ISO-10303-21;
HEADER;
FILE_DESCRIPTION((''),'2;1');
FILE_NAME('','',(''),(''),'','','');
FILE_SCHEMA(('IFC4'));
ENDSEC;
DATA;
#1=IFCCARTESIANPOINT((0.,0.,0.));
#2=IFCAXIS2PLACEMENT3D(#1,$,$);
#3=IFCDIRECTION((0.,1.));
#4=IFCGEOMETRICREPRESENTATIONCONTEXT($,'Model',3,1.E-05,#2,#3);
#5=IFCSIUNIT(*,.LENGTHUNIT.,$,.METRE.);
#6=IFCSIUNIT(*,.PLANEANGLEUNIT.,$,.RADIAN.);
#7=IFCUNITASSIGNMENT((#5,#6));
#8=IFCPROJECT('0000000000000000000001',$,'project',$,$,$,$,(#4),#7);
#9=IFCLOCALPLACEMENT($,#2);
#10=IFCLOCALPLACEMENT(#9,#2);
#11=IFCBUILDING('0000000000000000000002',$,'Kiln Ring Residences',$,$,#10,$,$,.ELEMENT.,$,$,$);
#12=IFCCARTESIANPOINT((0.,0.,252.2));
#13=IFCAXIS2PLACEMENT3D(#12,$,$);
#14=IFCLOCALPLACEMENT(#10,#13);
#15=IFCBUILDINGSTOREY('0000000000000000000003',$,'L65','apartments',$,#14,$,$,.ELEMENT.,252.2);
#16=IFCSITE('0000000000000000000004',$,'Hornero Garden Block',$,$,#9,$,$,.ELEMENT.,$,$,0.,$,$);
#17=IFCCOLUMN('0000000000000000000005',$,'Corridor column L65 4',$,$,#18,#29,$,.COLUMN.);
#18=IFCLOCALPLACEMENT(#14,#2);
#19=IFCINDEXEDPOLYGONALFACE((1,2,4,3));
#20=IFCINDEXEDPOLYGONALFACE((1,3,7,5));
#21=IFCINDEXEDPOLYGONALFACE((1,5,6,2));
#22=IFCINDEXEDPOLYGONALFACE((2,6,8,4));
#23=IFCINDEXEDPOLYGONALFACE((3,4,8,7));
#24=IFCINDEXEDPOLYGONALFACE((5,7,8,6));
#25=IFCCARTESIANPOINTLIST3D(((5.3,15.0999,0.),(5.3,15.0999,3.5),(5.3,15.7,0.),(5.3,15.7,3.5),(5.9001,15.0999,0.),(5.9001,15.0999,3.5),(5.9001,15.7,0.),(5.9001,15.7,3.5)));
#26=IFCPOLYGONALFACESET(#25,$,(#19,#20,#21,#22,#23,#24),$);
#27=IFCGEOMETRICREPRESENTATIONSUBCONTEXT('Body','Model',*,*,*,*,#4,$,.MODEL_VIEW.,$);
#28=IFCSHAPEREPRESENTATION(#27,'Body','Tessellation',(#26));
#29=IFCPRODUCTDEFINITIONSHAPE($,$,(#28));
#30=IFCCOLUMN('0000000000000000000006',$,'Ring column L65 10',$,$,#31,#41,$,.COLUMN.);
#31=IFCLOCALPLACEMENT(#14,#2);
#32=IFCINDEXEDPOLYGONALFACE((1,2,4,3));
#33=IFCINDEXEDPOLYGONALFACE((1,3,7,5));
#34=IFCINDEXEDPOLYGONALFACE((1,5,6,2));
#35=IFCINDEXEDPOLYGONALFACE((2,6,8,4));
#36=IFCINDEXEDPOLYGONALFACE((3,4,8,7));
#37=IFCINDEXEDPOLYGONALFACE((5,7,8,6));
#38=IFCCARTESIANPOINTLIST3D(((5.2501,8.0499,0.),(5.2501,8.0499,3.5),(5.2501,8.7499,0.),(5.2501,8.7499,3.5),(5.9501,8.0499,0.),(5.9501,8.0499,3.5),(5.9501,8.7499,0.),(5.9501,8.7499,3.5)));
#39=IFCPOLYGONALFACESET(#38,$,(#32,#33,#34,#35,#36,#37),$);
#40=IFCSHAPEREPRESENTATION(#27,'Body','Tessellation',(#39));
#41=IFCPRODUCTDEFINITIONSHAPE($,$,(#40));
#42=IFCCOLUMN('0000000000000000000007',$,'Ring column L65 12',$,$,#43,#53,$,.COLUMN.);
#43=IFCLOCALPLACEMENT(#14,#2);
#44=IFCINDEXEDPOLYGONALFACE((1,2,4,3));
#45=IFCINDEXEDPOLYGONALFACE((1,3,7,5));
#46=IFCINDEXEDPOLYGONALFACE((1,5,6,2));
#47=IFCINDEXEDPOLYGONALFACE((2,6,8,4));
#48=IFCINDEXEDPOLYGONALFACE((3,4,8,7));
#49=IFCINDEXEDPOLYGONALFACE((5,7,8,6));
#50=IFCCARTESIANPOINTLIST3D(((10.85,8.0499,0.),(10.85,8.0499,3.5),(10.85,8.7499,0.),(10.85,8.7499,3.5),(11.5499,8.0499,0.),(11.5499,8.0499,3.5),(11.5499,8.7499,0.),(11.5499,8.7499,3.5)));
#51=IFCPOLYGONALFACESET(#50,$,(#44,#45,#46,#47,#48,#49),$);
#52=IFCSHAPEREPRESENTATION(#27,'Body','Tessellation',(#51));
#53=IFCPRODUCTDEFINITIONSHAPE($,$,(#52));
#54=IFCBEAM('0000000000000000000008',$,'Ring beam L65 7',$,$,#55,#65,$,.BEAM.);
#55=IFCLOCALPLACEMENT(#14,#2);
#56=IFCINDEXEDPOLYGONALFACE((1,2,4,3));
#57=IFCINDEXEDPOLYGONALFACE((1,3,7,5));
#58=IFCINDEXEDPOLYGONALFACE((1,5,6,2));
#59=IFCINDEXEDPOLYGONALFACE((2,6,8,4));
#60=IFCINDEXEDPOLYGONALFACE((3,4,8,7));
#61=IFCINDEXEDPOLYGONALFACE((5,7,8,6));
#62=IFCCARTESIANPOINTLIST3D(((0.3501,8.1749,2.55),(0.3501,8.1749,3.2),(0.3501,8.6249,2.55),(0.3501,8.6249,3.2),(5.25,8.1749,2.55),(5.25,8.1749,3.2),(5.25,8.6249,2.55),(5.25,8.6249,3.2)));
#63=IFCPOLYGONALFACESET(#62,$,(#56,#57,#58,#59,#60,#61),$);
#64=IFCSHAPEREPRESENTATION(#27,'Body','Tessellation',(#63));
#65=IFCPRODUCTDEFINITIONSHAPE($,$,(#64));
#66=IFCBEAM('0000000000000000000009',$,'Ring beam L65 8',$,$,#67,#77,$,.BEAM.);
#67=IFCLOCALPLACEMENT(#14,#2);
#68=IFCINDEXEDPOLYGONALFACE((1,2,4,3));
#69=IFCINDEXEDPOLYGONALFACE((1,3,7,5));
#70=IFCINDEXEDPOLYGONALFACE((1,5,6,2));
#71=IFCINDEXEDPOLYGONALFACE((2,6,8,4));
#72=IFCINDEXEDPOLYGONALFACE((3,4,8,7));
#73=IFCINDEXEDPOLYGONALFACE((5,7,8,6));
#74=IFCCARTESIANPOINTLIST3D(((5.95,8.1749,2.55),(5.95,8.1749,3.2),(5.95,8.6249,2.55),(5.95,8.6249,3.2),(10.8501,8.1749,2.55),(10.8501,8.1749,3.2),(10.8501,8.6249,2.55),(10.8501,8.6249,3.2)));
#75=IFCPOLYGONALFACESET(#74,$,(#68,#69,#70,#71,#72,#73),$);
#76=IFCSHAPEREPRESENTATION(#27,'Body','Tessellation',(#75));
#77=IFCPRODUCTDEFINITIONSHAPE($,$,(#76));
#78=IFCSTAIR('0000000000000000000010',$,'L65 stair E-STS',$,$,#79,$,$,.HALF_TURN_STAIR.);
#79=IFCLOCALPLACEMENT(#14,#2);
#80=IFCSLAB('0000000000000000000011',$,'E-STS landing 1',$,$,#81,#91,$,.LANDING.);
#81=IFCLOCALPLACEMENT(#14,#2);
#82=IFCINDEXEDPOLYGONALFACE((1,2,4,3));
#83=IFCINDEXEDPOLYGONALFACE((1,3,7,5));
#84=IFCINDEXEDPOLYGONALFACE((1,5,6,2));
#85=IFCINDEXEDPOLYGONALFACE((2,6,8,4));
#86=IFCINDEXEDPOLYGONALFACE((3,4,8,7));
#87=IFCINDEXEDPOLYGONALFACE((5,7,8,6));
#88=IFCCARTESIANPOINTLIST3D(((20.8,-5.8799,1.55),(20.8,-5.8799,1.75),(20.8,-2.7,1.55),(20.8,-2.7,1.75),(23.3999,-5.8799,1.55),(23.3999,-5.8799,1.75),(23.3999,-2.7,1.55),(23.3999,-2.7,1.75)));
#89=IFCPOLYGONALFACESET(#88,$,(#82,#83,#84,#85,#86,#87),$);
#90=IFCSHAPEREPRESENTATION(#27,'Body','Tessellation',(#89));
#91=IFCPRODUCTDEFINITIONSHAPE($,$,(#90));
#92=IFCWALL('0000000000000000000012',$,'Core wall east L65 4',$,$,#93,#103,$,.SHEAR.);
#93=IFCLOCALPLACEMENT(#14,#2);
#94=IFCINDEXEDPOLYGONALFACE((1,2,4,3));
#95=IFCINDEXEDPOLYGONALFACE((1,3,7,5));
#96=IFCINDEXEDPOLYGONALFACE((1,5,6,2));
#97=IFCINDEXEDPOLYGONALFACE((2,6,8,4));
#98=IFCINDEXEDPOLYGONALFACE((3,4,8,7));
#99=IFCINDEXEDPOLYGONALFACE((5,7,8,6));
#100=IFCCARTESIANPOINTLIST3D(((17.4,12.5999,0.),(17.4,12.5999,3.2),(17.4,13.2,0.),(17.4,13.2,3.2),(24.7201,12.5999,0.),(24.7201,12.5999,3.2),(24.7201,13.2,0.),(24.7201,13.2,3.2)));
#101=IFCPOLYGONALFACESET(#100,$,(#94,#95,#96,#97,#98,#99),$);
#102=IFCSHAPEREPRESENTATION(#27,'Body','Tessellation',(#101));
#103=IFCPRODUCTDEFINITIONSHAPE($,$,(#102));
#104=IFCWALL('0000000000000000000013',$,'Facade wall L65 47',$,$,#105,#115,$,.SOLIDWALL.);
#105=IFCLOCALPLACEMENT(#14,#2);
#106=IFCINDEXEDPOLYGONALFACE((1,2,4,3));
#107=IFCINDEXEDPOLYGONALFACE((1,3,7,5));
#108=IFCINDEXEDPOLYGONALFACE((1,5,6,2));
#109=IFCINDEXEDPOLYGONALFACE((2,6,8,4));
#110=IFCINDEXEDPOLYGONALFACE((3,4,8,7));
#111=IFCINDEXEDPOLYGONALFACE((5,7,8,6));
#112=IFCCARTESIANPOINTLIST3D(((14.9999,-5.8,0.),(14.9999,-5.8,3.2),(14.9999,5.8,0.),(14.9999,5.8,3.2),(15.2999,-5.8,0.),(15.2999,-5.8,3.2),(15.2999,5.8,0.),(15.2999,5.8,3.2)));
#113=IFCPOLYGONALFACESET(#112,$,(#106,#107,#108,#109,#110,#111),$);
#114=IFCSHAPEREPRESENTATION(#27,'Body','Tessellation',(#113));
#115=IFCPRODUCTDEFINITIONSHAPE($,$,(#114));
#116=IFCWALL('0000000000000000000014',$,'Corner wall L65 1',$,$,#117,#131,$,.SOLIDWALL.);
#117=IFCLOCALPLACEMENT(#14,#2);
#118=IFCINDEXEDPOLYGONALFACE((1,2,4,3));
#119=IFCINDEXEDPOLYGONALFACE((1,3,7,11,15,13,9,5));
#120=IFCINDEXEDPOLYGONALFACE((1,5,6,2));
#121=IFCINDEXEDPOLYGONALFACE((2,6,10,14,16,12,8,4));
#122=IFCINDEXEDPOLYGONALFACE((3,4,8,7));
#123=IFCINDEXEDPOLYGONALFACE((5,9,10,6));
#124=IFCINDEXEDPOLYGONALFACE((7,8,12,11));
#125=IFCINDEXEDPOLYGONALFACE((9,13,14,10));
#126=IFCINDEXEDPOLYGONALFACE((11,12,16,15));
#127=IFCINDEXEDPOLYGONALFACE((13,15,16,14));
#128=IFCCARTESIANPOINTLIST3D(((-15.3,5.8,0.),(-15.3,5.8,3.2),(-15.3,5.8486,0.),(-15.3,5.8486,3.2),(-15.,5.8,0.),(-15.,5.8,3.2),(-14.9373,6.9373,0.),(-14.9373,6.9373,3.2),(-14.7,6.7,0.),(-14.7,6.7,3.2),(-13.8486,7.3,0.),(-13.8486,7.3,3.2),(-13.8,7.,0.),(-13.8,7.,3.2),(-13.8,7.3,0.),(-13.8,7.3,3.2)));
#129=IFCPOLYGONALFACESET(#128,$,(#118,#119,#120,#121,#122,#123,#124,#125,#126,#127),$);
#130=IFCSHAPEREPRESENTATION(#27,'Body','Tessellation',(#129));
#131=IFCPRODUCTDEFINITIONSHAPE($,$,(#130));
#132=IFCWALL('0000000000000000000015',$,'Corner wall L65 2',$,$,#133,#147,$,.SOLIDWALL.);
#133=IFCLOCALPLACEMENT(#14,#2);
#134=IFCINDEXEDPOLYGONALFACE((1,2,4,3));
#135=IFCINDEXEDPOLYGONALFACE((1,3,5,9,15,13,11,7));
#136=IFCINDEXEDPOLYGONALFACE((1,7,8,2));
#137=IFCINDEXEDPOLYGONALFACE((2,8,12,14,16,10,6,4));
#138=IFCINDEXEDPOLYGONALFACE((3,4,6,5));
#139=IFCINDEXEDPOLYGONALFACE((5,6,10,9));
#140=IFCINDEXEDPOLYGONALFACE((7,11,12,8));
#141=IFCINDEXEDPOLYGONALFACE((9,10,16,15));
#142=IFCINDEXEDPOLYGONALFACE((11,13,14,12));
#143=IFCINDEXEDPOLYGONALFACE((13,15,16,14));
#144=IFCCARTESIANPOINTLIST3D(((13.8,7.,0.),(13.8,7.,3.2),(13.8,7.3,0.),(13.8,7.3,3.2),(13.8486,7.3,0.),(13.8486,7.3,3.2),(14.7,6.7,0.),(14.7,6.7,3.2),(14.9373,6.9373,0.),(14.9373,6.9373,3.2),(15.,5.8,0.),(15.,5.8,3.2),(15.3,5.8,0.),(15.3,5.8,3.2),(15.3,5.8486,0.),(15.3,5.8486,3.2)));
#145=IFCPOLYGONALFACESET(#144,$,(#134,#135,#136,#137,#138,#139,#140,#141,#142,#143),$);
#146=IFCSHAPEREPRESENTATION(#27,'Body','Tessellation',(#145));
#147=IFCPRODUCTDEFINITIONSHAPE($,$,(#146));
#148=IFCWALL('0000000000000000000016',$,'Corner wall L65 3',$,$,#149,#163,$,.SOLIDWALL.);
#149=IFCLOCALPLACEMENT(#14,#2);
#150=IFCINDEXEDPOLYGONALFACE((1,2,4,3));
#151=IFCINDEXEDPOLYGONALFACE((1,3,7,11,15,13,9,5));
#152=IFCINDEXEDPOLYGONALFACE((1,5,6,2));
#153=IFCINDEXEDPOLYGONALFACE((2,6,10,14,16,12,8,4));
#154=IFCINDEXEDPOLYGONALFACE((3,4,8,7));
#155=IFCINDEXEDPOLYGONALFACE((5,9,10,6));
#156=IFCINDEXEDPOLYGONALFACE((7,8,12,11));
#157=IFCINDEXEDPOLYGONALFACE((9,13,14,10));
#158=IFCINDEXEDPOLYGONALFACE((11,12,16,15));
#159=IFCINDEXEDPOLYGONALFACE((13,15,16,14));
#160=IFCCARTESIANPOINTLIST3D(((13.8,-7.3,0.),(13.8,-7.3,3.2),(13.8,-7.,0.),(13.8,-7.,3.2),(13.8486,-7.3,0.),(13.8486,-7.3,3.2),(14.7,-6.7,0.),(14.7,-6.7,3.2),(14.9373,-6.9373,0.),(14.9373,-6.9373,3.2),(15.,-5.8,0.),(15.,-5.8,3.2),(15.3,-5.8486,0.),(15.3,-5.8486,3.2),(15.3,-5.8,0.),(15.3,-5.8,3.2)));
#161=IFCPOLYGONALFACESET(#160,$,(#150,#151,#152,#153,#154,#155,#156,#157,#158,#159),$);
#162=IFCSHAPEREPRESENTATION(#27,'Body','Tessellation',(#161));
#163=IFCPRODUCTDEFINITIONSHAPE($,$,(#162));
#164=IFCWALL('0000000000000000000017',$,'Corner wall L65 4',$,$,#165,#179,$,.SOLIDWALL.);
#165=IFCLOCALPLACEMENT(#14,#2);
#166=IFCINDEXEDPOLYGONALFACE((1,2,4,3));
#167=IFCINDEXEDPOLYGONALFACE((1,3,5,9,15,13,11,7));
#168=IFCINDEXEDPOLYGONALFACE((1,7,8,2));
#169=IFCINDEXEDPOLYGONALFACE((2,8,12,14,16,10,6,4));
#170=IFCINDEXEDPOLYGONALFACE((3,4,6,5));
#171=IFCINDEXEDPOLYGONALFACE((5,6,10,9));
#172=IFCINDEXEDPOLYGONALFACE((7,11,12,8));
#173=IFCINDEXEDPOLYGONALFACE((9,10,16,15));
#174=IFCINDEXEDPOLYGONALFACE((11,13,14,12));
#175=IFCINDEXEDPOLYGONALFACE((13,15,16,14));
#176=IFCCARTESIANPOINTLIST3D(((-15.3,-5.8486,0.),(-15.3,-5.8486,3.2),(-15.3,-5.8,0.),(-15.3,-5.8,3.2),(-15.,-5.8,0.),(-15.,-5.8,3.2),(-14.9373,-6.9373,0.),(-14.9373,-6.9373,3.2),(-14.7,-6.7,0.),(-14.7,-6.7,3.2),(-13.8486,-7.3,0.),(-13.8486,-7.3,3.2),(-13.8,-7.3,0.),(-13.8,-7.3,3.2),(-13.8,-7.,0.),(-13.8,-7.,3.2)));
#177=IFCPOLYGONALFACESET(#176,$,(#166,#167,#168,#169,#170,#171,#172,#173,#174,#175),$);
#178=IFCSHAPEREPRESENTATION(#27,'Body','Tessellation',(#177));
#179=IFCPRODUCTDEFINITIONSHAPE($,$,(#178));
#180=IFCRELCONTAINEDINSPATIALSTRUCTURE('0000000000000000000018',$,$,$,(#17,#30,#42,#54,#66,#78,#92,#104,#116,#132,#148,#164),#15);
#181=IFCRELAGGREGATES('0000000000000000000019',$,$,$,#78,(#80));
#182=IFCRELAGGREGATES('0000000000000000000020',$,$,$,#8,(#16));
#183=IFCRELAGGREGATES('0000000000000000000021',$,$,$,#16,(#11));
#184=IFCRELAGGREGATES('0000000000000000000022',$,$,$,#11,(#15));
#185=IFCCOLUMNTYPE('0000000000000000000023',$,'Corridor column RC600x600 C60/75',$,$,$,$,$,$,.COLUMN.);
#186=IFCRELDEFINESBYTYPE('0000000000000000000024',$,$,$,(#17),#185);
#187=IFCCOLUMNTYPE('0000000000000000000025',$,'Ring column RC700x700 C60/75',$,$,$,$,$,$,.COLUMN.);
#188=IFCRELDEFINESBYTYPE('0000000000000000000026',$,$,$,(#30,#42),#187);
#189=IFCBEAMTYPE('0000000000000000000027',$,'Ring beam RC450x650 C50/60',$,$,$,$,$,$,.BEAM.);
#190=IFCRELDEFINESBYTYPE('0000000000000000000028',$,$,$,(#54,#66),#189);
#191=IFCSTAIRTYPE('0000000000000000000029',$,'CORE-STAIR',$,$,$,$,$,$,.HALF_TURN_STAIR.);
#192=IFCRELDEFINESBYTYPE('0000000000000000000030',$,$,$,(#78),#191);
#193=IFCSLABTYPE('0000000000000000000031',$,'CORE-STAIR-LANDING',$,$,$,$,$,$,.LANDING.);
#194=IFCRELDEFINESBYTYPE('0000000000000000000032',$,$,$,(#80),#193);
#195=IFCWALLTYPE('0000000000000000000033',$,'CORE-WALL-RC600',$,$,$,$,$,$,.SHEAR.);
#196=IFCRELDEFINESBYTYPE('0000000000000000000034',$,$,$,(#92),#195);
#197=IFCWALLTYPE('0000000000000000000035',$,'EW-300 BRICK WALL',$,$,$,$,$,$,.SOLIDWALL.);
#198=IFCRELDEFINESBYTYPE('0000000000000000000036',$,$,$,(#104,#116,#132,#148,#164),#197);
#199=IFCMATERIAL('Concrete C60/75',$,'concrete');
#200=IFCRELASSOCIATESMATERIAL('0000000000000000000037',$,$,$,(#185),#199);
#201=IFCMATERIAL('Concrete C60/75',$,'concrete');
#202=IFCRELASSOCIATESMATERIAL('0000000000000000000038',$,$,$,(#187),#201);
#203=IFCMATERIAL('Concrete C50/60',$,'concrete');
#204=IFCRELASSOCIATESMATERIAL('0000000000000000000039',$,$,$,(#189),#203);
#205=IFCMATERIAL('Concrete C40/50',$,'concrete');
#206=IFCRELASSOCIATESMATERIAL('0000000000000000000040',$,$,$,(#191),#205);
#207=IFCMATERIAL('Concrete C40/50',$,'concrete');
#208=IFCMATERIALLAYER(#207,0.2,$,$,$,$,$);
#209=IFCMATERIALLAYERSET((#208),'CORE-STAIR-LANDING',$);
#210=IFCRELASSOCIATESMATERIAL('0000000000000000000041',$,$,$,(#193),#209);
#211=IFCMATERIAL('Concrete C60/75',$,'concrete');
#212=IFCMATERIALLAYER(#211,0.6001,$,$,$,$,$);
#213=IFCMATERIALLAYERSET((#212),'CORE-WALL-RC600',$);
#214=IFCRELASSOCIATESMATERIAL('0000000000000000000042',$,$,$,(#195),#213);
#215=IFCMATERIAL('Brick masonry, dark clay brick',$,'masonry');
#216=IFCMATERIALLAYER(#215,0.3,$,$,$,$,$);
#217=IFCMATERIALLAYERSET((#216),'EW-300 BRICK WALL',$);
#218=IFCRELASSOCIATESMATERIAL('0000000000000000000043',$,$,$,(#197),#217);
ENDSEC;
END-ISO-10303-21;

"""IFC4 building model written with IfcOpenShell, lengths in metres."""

from ifc_helpers import new_model, si_unit, direction, frame, frame_2d, origin, origin_2d, place, context, subcontext, project, spatial, polyline, rectangle, outline, extrude, material, layer, layer_set, material_profile, profile_set, type_object, element, aggregate, save


model = new_model("IFC4")

# Units and contexts
model_context = context("Model", 3, precision=1e-05, world=origin(), true_north=direction((0.0, 1.0)))
body_context = subcontext(model_context, "Body", "Model", "MODEL_VIEW")
ifc_project = project(units=[si_unit("LENGTHUNIT", "METRE"), si_unit("PLANEANGLEUNIT", "RADIAN")], contexts=[model_context])

# Site, building, storey
site_placement = place(None, origin())
site = spatial("IfcSite", under=ifc_project, at=site_placement, Name="Hornero Garden Block", CompositionType="ELEMENT", RefElevation=0.0)
building_placement = place(site_placement, origin())
building = spatial("IfcBuilding", under=site, at=building_placement, Name="Kiln Ring Residences", CompositionType="ELEMENT")
storey_placement = place(building_placement, frame((0.0, 0.0, 252.2)))
storey = spatial("IfcBuildingStorey", under=building, at=storey_placement, Name="L65", Description="apartments", CompositionType="ELEMENT", Elevation=252.2)

# Columns
ifc_material_1 = material(Name="Concrete C60/75", Category="concrete")
ifc_material_profile_1 = material_profile(ifc_material_1, rectangle(XDim=0.6001, YDim=0.6001, at=origin_2d()), Name="RC600x600")
ifc_profile_set_1 = profile_set([ifc_material_profile_1], Name="Concrete C60/75")
column_type_1 = type_object("IfcColumnType", Name="Corridor column RC600x600 C60/75", PredefinedType="COLUMN", material=ifc_profile_set_1)
column_placement = place(storey_placement, frame((5.6001, 15.3999, 0.0), z_axis=(0.0, 0.0, 1.0), x_axis=(1.0, 0.0, 0.0)))
element("IfcColumn", 1, at=column_placement, inside=storey, type_object=column_type_1, Name="Corridor column L65 4", PredefinedType="COLUMN", context=body_context, shape_type="SweptSolid", body=[
    extrude(rectangle(XDim=0.6001, YDim=0.6001, at=origin_2d()), origin(), (0.0, 0.0, 1.0), 3.5),
])
ifc_material_2 = material(Name="Concrete C60/75", Category="concrete")
ifc_material_profile_2 = material_profile(ifc_material_2, rectangle(XDim=0.7, YDim=0.7, at=origin_2d()), Name="RC700x700")
ifc_profile_set_2 = profile_set([ifc_material_profile_2], Name="Concrete C60/75")
column_type_2 = type_object("IfcColumnType", Name="Ring column RC700x700 C60/75", PredefinedType="COLUMN", material=ifc_profile_set_2)
for number, where, z_axis, x_axis, name in (
    (2, (5.6001, 8.3999, 0.0), (0.0, 0.0, 1.0), (1.0, 0.0, 0.0), "Ring column L65 10"),
    (3, (11.2, 8.3999, 0.0), (0.0, 0.0, 1.0), (1.0, 0.0, 0.0), "Ring column L65 12"),
):
    element("IfcColumn", number, at=place(storey_placement, frame(where, z_axis=z_axis, x_axis=x_axis)), inside=storey, type_object=column_type_2, Name=name, PredefinedType="COLUMN", context=body_context, shape_type="SweptSolid", body=[
        extrude(rectangle(XDim=0.7, YDim=0.7, at=origin_2d()), origin(), (0.0, 0.0, 1.0), 3.5),
    ])

# Beams
ifc_material_3 = material(Name="Concrete C50/60", Category="concrete")
ifc_material_profile_3 = material_profile(ifc_material_3, rectangle(XDim=0.45, YDim=0.6499, at=origin_2d()), Name="RC450x650")
ifc_profile_set_3 = profile_set([ifc_material_profile_3], Name="Concrete C50/60")
beam_type = type_object("IfcBeamType", Name="Ring beam RC450x650 C50/60", PredefinedType="BEAM", material=ifc_profile_set_3)
beam_1_placement = place(storey_placement, frame((0.3501, 8.3999, 2.875), z_axis=(1.0, 0.0, 0.0), x_axis=(0.0, 1.0, 0.0)))
element("IfcBeam", 4, at=beam_1_placement, inside=storey, type_object=beam_type, Name="Ring beam L65 7", PredefinedType="BEAM", context=body_context, shape_type="SweptSolid", body=[
    extrude(rectangle(XDim=0.45, YDim=0.6499, at=origin_2d()), origin(), (0.0, 0.0, 1.0), 4.8999),
])
beam_2_placement = place(storey_placement, frame((5.95, 8.3999, 2.875), z_axis=(1.0, 0.0, 0.0), x_axis=(0.0, 1.0, 0.0)))
element("IfcBeam", 5, at=beam_2_placement, inside=storey, type_object=beam_type, Name="Ring beam L65 8", PredefinedType="BEAM", context=body_context, shape_type="SweptSolid", body=[
    extrude(rectangle(XDim=0.45, YDim=0.6499, at=origin_2d()), origin(), (0.0, 0.0, 1.0), 4.9001),
])

# Stair, slab
ifc_material_4 = material(Name="Concrete C40/50", Category="concrete")
stair_type = type_object("IfcStairType", Name="CORE-STAIR", PredefinedType="HALF_TURN_STAIR", material=ifc_material_4)
placement = place(storey_placement, origin())
stair = element("IfcStair", 6, at=placement, inside=storey, type_object=stair_type, Name="L65 stair E-STS", PredefinedType="HALF_TURN_STAIR")
ifc_material_5 = material(Name="Concrete C40/50", Category="concrete")
ifc_layer_1 = layer(ifc_material_5, 0.2)
ifc_layer_set_1 = layer_set([ifc_layer_1], Name="CORE-STAIR-LANDING")
slab_type = type_object("IfcSlabType", Name="CORE-STAIR-LANDING", PredefinedType="LANDING", material=ifc_layer_set_1)
slab_placement = place(storey_placement, frame((0.0, 0.0, 1.55)))
slab = element("IfcSlab", 7, at=slab_placement, type_object=slab_type, Name="E-STS landing 1", PredefinedType="LANDING", context=body_context, shape_type="SweptSolid", body=[
    extrude(outline(polyline([(23.3999, -5.8799), (23.3999, -2.7), (20.8, -2.7), (20.8, -5.8799), (23.3999, -5.8799)])), origin(), (0.0, 0.0, 1.0), 0.2),
])
aggregate(stair, [slab])

# Walls
ifc_material_6 = material(Name="Concrete C60/75", Category="concrete")
ifc_layer_2 = layer(ifc_material_6, 0.6001)
ifc_layer_set_2 = layer_set([ifc_layer_2], Name="CORE-WALL-RC600")
wall_type_1 = type_object("IfcWallType", Name="CORE-WALL-RC600", PredefinedType="SHEAR", material=ifc_layer_set_2)
wall_1_placement = place(storey_placement, frame((17.3999, 12.8999, 0.0), z_axis=(0.0, 0.0, 1.0), x_axis=(1.0, 0.0, 0.0)))
element("IfcWall", 8, at=wall_1_placement, inside=storey, type_object=wall_type_1, Name="Core wall east L65 4", PredefinedType="SHEAR", context=body_context, shape_type="SweptSolid", body=[
    extrude(rectangle(XDim=7.3201, YDim=0.6001, at=frame_2d((3.6602, 0.0))), origin(), (0.0, 0.0, 1.0), 3.2),
])
ifc_material_7 = material(Name="Brick masonry, dark clay brick", Category="masonry")
ifc_layer_3 = layer(ifc_material_7, 0.3)
ifc_layer_set_3 = layer_set([ifc_layer_3], Name="EW-300 BRICK WALL")
wall_type_2 = type_object("IfcWallType", Name="EW-300 BRICK WALL", PredefinedType="SOLIDWALL", material=ifc_layer_set_3)
wall_2_placement = place(storey_placement, frame((15.1499, 5.8, 0.0), z_axis=(0.0, 0.0, 1.0), x_axis=(0.0, -1.0, 0.0)))
element("IfcWall", 9, at=wall_2_placement, inside=storey, type_object=wall_type_2, Name="Facade wall L65 47", PredefinedType="SOLIDWALL", context=body_context, shape_type="SweptSolid", body=[
    extrude(rectangle(XDim=11.6001, YDim=0.3, at=frame_2d((5.8, 0.0))), origin(), (0.0, 0.0, 1.0), 3.2),
])
element("IfcWall", 10, at=placement, inside=storey, type_object=wall_type_2, Name="Corner wall L65 1", PredefinedType="SOLIDWALL", context=body_context, shape_type="SweptSolid", body=[
    extrude(outline(polyline([(-13.8486, 7.3), (-14.9373, 6.9373), (-15.3, 5.8486), (-15.3, 5.8), (-15.0, 5.8), (-14.7, 6.7), (-13.8, 7.0), (-13.8, 7.3), (-13.8486, 7.3)])), origin(), (0.0, 0.0, 1.0), 3.2),
])
element("IfcWall", 11, at=placement, inside=storey, type_object=wall_type_2, Name="Corner wall L65 2", PredefinedType="SOLIDWALL", context=body_context, shape_type="SweptSolid", body=[
    extrude(outline(polyline([(14.9373, 6.9373), (13.8486, 7.3), (13.8, 7.3), (13.8, 7.0), (14.7, 6.7), (15.0, 5.8), (15.3, 5.8), (15.3, 5.8486), (14.9373, 6.9373)])), origin(), (0.0, 0.0, 1.0), 3.2),
])
element("IfcWall", 12, at=placement, inside=storey, type_object=wall_type_2, Name="Corner wall L65 3", PredefinedType="SOLIDWALL", context=body_context, shape_type="SweptSolid", body=[
    extrude(outline(polyline([(14.9373, -6.9373), (15.3, -5.8486), (15.3, -5.8), (15.0, -5.8), (14.7, -6.7), (13.8, -7.0), (13.8, -7.3), (13.8486, -7.3), (14.9373, -6.9373)])), origin(), (0.0, 0.0, 1.0), 3.2),
])
element("IfcWall", 13, at=placement, inside=storey, type_object=wall_type_2, Name="Corner wall L65 4", PredefinedType="SOLIDWALL", context=body_context, shape_type="SweptSolid", body=[
    extrude(outline(polyline([(-14.9373, -6.9373), (-13.8486, -7.3), (-13.8, -7.3), (-13.8, -7.0), (-14.7, -6.7), (-15.0, -5.8), (-15.3, -5.8), (-15.3, -5.8486), (-14.9373, -6.9373)])), origin(), (0.0, 0.0, 1.0), 3.2),
])

save(model, "model.ifc")
